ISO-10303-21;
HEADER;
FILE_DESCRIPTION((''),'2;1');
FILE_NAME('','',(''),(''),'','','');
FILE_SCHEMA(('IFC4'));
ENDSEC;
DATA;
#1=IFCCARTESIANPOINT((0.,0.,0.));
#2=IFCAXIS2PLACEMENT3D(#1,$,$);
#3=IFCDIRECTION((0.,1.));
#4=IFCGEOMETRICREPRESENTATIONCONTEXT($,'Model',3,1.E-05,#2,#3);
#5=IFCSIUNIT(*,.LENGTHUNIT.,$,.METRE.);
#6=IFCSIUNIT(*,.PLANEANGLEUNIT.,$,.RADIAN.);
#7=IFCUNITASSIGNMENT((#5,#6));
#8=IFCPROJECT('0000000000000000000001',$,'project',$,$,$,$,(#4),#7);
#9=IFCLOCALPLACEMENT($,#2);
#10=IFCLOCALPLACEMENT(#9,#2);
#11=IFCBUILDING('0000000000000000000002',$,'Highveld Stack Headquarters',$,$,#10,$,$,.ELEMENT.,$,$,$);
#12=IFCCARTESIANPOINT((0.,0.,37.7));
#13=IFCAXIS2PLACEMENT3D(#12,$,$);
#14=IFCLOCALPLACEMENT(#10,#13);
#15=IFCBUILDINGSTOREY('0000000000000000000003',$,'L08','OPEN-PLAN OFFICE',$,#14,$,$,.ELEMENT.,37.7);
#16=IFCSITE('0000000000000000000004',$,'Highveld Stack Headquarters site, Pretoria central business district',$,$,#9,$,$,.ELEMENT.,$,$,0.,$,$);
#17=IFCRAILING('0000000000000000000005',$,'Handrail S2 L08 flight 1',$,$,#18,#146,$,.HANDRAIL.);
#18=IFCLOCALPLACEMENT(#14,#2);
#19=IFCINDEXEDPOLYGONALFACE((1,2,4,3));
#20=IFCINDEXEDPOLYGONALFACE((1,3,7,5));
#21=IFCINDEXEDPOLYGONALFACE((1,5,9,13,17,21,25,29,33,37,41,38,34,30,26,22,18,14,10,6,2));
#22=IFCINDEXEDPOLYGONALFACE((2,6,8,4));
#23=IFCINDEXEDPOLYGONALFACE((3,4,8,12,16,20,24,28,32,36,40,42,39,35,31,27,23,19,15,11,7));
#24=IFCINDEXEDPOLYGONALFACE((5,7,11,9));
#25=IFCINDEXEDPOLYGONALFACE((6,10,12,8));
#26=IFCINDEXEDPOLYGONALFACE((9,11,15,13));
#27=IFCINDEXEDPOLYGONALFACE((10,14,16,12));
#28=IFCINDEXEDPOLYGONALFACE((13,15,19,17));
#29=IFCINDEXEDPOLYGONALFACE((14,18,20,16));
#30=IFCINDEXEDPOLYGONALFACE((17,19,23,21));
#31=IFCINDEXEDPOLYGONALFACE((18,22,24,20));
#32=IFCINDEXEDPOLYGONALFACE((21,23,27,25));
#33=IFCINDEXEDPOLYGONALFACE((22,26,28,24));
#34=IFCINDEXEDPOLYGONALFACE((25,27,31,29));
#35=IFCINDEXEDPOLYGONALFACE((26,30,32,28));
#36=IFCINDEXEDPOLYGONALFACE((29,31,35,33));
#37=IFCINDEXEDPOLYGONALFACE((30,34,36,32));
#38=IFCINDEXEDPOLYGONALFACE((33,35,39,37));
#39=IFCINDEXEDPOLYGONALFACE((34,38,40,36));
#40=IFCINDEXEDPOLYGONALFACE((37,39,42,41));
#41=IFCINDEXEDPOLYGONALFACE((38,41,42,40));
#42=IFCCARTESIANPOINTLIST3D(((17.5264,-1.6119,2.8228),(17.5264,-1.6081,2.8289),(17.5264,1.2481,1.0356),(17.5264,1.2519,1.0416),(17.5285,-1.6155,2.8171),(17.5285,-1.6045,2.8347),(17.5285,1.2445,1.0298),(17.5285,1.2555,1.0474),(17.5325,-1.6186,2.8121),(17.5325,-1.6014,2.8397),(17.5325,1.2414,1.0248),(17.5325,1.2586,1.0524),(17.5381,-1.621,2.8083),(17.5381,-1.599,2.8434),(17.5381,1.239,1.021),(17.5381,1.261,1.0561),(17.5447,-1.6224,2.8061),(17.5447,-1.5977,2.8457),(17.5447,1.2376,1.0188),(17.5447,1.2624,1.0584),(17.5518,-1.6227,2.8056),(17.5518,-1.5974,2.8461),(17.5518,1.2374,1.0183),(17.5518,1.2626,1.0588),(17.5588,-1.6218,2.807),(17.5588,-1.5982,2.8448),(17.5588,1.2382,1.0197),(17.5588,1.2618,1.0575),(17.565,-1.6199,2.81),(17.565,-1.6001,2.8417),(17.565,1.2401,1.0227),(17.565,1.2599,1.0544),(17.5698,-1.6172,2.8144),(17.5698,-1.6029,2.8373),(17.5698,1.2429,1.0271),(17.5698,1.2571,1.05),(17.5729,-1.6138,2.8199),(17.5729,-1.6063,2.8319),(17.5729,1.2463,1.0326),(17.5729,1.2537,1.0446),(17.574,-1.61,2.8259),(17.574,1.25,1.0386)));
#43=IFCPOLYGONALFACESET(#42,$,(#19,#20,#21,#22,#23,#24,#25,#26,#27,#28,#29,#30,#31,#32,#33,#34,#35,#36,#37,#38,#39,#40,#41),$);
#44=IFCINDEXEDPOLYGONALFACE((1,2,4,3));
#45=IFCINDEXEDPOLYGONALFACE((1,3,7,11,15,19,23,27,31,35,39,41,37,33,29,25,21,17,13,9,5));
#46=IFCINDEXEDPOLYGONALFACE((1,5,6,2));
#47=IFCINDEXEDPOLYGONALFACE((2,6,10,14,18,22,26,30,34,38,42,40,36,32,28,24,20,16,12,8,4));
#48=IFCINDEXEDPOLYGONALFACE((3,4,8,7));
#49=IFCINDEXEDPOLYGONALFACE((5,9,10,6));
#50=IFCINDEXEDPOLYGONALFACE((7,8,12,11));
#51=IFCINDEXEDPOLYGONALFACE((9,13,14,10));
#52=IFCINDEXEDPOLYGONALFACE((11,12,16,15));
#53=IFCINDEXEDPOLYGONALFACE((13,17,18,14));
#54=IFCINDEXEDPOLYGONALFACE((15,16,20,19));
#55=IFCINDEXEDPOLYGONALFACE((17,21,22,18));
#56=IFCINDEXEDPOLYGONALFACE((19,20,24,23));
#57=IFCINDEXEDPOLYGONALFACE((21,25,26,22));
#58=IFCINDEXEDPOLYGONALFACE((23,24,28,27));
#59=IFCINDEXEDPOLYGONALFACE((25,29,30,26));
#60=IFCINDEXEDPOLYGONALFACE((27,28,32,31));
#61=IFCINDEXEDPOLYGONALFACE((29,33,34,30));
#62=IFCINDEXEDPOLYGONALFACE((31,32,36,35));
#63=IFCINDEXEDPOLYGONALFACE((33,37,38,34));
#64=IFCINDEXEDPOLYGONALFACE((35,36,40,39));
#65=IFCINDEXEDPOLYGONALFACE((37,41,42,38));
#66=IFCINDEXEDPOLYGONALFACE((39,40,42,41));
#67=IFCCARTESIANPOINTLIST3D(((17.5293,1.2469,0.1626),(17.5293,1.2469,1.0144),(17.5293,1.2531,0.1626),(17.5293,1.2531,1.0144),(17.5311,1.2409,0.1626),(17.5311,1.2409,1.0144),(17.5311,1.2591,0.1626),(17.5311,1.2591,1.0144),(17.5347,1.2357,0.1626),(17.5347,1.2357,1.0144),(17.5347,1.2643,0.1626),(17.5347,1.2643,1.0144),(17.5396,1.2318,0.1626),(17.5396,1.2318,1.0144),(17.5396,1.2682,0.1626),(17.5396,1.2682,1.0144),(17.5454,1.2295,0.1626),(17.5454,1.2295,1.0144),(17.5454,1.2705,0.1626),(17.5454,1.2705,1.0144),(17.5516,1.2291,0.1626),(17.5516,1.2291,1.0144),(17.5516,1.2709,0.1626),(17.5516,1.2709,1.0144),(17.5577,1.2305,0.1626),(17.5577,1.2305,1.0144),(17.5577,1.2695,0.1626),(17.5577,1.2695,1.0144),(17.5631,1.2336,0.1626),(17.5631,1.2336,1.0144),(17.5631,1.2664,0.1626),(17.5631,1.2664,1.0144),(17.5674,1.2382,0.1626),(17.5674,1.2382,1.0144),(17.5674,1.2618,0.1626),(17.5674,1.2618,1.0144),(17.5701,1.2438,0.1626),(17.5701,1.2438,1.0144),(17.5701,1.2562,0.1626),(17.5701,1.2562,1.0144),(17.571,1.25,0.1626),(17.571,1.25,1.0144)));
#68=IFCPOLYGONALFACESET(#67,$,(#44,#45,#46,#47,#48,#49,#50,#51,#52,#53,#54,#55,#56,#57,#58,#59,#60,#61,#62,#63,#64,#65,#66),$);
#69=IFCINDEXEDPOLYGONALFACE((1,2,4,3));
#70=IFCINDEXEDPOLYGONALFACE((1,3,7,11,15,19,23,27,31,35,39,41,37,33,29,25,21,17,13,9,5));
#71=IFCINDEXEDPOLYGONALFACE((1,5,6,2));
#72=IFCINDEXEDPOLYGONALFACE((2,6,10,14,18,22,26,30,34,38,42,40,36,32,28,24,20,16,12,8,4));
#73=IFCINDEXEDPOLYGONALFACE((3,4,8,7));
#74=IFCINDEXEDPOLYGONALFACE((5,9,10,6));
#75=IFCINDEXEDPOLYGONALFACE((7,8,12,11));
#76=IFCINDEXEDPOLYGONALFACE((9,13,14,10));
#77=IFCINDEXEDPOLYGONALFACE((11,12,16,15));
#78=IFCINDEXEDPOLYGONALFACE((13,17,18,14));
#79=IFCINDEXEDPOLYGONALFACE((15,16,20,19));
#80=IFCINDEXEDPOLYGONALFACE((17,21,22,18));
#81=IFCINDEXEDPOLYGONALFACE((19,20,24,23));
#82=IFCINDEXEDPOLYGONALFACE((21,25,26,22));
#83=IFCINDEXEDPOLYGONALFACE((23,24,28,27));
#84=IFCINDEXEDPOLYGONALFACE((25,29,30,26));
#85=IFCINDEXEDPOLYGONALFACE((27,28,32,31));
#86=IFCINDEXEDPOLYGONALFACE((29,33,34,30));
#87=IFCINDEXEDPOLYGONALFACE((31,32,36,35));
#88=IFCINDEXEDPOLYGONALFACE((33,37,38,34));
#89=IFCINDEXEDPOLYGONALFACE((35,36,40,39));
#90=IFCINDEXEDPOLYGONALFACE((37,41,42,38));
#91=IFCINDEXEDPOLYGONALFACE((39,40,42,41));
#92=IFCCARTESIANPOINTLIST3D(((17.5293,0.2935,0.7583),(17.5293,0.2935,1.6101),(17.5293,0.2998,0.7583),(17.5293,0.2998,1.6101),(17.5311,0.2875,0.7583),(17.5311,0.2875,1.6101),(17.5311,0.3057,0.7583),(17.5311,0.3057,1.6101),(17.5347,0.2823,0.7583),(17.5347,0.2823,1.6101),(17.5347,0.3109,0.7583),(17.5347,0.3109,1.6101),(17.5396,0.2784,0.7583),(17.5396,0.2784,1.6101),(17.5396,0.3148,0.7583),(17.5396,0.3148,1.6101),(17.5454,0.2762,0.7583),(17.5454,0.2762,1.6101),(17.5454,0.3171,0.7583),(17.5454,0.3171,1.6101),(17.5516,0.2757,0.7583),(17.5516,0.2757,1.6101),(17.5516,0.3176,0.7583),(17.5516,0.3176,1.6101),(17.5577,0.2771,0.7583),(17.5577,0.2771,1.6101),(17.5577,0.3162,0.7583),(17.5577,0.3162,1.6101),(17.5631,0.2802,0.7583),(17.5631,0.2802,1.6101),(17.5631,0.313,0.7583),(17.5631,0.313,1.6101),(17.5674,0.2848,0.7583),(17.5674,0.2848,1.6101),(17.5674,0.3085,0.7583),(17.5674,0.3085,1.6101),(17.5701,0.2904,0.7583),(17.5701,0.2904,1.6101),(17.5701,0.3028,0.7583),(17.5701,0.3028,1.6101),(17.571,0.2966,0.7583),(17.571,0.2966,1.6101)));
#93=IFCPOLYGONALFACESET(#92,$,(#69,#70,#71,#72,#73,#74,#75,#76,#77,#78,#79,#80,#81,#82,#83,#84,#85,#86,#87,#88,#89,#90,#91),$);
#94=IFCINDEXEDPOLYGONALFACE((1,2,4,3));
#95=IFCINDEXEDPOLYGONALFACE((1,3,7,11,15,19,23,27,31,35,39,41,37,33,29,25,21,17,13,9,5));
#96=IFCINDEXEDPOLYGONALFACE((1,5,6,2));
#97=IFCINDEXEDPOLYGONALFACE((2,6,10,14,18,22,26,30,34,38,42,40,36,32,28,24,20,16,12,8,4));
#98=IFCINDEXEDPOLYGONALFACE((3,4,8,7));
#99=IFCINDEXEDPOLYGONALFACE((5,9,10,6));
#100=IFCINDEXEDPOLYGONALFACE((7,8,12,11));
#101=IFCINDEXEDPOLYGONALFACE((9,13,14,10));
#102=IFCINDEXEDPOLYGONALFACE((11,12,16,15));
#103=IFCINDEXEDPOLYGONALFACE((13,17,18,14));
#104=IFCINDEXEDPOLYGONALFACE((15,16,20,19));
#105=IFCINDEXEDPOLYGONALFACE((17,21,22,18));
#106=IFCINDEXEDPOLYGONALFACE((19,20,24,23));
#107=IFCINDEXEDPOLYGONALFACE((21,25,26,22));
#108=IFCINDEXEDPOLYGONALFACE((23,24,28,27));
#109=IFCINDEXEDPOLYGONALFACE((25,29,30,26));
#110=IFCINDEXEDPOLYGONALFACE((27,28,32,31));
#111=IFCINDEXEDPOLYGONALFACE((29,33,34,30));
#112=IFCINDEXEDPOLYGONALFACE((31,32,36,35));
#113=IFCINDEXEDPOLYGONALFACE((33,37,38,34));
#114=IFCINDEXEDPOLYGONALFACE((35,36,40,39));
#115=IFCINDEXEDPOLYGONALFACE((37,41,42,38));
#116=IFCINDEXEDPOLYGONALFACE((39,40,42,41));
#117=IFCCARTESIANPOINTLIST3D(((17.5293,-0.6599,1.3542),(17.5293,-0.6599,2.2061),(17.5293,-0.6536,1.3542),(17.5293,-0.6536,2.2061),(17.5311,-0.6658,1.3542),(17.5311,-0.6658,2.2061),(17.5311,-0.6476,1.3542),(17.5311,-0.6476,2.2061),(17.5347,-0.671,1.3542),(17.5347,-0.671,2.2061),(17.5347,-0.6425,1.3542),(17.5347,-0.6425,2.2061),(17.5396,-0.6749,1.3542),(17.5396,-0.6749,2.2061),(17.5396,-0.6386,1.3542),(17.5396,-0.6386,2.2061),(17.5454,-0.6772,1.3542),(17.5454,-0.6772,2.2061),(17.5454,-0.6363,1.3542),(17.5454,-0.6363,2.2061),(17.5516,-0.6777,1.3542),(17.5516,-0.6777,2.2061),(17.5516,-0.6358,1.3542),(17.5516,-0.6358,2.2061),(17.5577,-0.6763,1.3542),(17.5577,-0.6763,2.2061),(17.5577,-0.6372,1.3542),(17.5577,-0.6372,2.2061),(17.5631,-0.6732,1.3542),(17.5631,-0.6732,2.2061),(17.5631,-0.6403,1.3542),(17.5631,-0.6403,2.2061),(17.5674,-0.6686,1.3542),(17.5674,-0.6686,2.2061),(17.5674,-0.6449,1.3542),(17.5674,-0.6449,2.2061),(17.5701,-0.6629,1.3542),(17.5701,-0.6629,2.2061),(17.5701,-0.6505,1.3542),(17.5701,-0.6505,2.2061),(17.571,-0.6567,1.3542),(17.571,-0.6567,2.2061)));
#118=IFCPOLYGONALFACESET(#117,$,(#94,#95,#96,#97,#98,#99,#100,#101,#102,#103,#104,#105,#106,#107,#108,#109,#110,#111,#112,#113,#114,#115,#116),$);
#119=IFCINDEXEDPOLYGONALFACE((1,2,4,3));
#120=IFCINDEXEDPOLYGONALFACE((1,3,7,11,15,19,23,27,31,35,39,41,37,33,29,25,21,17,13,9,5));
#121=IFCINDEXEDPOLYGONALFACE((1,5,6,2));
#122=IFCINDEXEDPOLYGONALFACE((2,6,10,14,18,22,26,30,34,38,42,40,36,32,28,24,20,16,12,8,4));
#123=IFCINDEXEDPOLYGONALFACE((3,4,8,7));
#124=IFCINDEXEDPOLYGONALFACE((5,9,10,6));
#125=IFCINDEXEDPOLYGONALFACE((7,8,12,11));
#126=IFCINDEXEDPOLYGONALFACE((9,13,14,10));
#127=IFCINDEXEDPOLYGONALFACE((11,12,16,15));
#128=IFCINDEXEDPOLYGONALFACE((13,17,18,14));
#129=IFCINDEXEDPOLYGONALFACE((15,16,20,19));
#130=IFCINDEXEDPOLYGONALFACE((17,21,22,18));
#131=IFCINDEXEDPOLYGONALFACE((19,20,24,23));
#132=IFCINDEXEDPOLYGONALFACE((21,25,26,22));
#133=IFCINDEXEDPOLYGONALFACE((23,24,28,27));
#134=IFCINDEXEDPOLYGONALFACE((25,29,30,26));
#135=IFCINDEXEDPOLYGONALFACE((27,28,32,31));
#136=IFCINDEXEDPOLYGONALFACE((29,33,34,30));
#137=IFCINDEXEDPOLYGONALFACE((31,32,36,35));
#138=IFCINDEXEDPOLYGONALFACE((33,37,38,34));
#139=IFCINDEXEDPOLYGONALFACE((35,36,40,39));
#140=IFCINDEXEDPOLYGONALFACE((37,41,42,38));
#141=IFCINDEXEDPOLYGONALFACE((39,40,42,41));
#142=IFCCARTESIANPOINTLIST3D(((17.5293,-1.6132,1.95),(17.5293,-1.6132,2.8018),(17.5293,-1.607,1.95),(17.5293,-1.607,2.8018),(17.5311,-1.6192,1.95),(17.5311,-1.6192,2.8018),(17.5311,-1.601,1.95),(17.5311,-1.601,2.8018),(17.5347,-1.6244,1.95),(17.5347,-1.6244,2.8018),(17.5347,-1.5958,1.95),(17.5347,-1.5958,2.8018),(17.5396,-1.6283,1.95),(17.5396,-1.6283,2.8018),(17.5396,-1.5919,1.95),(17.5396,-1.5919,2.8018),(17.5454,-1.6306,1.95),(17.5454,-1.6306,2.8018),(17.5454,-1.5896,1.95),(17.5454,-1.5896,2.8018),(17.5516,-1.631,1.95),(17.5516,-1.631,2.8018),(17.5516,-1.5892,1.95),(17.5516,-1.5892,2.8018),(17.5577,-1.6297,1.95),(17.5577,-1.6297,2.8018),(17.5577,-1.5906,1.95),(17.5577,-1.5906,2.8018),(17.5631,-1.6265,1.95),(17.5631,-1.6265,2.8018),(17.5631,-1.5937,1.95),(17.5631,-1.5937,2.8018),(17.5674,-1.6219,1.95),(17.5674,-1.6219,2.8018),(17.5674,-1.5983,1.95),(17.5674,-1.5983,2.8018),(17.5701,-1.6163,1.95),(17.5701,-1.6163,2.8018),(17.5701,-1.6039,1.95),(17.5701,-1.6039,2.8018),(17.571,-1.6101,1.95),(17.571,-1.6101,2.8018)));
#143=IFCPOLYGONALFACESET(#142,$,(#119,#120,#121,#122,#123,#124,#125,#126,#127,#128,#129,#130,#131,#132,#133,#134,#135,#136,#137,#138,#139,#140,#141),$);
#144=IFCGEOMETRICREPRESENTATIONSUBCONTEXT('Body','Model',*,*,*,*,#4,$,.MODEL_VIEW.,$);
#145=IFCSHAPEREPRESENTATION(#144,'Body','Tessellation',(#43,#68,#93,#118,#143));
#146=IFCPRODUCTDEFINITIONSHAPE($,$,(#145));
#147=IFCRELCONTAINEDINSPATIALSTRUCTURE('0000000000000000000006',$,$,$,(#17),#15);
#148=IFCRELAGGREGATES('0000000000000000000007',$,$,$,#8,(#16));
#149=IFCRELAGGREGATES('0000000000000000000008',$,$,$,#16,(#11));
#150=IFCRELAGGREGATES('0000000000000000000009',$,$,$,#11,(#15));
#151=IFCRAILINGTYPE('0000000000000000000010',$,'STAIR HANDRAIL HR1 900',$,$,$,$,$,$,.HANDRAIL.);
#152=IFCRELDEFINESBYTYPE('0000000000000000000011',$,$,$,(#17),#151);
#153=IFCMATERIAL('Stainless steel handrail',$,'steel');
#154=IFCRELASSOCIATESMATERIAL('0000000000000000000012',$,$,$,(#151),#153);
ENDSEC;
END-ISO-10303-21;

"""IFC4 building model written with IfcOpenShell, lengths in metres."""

from ifc_helpers import new_model, si_unit, direction, frame, origin, origin_2d, place, context, subcontext, project, spatial, circle, extrude, material, type_object, element, save


model = new_model("IFC4")

# Units and contexts
model_context = context("Model", 3, precision=1e-05, world=origin(), true_north=direction((0.0, 1.0)))
body_context = subcontext(model_context, "Body", "Model", "MODEL_VIEW")
ifc_project = project(units=[si_unit("LENGTHUNIT", "METRE"), si_unit("PLANEANGLEUNIT", "RADIAN")], contexts=[model_context])

# Site, building, storey
site_placement = place(None, origin())
site = spatial("IfcSite", under=ifc_project, at=site_placement, Name="Highveld Stack Headquarters site, Pretoria central business district", CompositionType="ELEMENT", RefElevation=0.0)
building_placement = place(site_placement, origin())
building = spatial("IfcBuilding", under=site, at=building_placement, Name="Highveld Stack Headquarters", CompositionType="ELEMENT")
storey_placement = place(building_placement, frame((0.0, 0.0, 37.7)))
storey = spatial("IfcBuildingStorey", under=building, at=storey_placement, Name="L08", Description="OPEN-PLAN OFFICE", CompositionType="ELEMENT", Elevation=37.7)

# Railing
ifc_material_1 = material(Name="Stainless steel handrail", Category="steel")
railing_type = type_object("IfcRailingType", Name="STAIR HANDRAIL HR1 900", PredefinedType="HANDRAIL", material=ifc_material_1)
for number, where, name in (
    (1, (17.55, 1.25, 0.1626), "Handrail S2 L08 flight 1"),
):
    element("IfcRailing", number, at=place(storey_placement, frame(where)), inside=storey, type_object=railing_type, Name=name, PredefinedType="HANDRAIL", context=body_context, shape_type="SweptSolid", body=[
        extrude(circle(Radius=0.0239, at=origin_2d()), frame((0.0, 0.0, 0.876), z_axis=(0.0, -0.848027, 0.529953), x_axis=(1.0, 0.0, 0.0)), (0.0, 0.0, 1.0), 3.3726),
        extrude(circle(Radius=0.021, at=origin_2d()), origin(), (0.0, 0.0, 1.0), 0.8518),
        extrude(circle(Radius=0.021, at=origin_2d()), frame((0.0, -0.9534, 0.5957)), (0.0, 0.0, 1.0), 0.8518),
        extrude(circle(Radius=0.021, at=origin_2d()), frame((0.0, -1.9067, 1.1917)), (0.0, 0.0, 1.0), 0.8518),
        extrude(circle(Radius=0.021, at=origin_2d()), frame((0.0, -2.8601, 1.7874)), (0.0, 0.0, 1.0), 0.8518),
    ])

save(model, "model.ifc")
